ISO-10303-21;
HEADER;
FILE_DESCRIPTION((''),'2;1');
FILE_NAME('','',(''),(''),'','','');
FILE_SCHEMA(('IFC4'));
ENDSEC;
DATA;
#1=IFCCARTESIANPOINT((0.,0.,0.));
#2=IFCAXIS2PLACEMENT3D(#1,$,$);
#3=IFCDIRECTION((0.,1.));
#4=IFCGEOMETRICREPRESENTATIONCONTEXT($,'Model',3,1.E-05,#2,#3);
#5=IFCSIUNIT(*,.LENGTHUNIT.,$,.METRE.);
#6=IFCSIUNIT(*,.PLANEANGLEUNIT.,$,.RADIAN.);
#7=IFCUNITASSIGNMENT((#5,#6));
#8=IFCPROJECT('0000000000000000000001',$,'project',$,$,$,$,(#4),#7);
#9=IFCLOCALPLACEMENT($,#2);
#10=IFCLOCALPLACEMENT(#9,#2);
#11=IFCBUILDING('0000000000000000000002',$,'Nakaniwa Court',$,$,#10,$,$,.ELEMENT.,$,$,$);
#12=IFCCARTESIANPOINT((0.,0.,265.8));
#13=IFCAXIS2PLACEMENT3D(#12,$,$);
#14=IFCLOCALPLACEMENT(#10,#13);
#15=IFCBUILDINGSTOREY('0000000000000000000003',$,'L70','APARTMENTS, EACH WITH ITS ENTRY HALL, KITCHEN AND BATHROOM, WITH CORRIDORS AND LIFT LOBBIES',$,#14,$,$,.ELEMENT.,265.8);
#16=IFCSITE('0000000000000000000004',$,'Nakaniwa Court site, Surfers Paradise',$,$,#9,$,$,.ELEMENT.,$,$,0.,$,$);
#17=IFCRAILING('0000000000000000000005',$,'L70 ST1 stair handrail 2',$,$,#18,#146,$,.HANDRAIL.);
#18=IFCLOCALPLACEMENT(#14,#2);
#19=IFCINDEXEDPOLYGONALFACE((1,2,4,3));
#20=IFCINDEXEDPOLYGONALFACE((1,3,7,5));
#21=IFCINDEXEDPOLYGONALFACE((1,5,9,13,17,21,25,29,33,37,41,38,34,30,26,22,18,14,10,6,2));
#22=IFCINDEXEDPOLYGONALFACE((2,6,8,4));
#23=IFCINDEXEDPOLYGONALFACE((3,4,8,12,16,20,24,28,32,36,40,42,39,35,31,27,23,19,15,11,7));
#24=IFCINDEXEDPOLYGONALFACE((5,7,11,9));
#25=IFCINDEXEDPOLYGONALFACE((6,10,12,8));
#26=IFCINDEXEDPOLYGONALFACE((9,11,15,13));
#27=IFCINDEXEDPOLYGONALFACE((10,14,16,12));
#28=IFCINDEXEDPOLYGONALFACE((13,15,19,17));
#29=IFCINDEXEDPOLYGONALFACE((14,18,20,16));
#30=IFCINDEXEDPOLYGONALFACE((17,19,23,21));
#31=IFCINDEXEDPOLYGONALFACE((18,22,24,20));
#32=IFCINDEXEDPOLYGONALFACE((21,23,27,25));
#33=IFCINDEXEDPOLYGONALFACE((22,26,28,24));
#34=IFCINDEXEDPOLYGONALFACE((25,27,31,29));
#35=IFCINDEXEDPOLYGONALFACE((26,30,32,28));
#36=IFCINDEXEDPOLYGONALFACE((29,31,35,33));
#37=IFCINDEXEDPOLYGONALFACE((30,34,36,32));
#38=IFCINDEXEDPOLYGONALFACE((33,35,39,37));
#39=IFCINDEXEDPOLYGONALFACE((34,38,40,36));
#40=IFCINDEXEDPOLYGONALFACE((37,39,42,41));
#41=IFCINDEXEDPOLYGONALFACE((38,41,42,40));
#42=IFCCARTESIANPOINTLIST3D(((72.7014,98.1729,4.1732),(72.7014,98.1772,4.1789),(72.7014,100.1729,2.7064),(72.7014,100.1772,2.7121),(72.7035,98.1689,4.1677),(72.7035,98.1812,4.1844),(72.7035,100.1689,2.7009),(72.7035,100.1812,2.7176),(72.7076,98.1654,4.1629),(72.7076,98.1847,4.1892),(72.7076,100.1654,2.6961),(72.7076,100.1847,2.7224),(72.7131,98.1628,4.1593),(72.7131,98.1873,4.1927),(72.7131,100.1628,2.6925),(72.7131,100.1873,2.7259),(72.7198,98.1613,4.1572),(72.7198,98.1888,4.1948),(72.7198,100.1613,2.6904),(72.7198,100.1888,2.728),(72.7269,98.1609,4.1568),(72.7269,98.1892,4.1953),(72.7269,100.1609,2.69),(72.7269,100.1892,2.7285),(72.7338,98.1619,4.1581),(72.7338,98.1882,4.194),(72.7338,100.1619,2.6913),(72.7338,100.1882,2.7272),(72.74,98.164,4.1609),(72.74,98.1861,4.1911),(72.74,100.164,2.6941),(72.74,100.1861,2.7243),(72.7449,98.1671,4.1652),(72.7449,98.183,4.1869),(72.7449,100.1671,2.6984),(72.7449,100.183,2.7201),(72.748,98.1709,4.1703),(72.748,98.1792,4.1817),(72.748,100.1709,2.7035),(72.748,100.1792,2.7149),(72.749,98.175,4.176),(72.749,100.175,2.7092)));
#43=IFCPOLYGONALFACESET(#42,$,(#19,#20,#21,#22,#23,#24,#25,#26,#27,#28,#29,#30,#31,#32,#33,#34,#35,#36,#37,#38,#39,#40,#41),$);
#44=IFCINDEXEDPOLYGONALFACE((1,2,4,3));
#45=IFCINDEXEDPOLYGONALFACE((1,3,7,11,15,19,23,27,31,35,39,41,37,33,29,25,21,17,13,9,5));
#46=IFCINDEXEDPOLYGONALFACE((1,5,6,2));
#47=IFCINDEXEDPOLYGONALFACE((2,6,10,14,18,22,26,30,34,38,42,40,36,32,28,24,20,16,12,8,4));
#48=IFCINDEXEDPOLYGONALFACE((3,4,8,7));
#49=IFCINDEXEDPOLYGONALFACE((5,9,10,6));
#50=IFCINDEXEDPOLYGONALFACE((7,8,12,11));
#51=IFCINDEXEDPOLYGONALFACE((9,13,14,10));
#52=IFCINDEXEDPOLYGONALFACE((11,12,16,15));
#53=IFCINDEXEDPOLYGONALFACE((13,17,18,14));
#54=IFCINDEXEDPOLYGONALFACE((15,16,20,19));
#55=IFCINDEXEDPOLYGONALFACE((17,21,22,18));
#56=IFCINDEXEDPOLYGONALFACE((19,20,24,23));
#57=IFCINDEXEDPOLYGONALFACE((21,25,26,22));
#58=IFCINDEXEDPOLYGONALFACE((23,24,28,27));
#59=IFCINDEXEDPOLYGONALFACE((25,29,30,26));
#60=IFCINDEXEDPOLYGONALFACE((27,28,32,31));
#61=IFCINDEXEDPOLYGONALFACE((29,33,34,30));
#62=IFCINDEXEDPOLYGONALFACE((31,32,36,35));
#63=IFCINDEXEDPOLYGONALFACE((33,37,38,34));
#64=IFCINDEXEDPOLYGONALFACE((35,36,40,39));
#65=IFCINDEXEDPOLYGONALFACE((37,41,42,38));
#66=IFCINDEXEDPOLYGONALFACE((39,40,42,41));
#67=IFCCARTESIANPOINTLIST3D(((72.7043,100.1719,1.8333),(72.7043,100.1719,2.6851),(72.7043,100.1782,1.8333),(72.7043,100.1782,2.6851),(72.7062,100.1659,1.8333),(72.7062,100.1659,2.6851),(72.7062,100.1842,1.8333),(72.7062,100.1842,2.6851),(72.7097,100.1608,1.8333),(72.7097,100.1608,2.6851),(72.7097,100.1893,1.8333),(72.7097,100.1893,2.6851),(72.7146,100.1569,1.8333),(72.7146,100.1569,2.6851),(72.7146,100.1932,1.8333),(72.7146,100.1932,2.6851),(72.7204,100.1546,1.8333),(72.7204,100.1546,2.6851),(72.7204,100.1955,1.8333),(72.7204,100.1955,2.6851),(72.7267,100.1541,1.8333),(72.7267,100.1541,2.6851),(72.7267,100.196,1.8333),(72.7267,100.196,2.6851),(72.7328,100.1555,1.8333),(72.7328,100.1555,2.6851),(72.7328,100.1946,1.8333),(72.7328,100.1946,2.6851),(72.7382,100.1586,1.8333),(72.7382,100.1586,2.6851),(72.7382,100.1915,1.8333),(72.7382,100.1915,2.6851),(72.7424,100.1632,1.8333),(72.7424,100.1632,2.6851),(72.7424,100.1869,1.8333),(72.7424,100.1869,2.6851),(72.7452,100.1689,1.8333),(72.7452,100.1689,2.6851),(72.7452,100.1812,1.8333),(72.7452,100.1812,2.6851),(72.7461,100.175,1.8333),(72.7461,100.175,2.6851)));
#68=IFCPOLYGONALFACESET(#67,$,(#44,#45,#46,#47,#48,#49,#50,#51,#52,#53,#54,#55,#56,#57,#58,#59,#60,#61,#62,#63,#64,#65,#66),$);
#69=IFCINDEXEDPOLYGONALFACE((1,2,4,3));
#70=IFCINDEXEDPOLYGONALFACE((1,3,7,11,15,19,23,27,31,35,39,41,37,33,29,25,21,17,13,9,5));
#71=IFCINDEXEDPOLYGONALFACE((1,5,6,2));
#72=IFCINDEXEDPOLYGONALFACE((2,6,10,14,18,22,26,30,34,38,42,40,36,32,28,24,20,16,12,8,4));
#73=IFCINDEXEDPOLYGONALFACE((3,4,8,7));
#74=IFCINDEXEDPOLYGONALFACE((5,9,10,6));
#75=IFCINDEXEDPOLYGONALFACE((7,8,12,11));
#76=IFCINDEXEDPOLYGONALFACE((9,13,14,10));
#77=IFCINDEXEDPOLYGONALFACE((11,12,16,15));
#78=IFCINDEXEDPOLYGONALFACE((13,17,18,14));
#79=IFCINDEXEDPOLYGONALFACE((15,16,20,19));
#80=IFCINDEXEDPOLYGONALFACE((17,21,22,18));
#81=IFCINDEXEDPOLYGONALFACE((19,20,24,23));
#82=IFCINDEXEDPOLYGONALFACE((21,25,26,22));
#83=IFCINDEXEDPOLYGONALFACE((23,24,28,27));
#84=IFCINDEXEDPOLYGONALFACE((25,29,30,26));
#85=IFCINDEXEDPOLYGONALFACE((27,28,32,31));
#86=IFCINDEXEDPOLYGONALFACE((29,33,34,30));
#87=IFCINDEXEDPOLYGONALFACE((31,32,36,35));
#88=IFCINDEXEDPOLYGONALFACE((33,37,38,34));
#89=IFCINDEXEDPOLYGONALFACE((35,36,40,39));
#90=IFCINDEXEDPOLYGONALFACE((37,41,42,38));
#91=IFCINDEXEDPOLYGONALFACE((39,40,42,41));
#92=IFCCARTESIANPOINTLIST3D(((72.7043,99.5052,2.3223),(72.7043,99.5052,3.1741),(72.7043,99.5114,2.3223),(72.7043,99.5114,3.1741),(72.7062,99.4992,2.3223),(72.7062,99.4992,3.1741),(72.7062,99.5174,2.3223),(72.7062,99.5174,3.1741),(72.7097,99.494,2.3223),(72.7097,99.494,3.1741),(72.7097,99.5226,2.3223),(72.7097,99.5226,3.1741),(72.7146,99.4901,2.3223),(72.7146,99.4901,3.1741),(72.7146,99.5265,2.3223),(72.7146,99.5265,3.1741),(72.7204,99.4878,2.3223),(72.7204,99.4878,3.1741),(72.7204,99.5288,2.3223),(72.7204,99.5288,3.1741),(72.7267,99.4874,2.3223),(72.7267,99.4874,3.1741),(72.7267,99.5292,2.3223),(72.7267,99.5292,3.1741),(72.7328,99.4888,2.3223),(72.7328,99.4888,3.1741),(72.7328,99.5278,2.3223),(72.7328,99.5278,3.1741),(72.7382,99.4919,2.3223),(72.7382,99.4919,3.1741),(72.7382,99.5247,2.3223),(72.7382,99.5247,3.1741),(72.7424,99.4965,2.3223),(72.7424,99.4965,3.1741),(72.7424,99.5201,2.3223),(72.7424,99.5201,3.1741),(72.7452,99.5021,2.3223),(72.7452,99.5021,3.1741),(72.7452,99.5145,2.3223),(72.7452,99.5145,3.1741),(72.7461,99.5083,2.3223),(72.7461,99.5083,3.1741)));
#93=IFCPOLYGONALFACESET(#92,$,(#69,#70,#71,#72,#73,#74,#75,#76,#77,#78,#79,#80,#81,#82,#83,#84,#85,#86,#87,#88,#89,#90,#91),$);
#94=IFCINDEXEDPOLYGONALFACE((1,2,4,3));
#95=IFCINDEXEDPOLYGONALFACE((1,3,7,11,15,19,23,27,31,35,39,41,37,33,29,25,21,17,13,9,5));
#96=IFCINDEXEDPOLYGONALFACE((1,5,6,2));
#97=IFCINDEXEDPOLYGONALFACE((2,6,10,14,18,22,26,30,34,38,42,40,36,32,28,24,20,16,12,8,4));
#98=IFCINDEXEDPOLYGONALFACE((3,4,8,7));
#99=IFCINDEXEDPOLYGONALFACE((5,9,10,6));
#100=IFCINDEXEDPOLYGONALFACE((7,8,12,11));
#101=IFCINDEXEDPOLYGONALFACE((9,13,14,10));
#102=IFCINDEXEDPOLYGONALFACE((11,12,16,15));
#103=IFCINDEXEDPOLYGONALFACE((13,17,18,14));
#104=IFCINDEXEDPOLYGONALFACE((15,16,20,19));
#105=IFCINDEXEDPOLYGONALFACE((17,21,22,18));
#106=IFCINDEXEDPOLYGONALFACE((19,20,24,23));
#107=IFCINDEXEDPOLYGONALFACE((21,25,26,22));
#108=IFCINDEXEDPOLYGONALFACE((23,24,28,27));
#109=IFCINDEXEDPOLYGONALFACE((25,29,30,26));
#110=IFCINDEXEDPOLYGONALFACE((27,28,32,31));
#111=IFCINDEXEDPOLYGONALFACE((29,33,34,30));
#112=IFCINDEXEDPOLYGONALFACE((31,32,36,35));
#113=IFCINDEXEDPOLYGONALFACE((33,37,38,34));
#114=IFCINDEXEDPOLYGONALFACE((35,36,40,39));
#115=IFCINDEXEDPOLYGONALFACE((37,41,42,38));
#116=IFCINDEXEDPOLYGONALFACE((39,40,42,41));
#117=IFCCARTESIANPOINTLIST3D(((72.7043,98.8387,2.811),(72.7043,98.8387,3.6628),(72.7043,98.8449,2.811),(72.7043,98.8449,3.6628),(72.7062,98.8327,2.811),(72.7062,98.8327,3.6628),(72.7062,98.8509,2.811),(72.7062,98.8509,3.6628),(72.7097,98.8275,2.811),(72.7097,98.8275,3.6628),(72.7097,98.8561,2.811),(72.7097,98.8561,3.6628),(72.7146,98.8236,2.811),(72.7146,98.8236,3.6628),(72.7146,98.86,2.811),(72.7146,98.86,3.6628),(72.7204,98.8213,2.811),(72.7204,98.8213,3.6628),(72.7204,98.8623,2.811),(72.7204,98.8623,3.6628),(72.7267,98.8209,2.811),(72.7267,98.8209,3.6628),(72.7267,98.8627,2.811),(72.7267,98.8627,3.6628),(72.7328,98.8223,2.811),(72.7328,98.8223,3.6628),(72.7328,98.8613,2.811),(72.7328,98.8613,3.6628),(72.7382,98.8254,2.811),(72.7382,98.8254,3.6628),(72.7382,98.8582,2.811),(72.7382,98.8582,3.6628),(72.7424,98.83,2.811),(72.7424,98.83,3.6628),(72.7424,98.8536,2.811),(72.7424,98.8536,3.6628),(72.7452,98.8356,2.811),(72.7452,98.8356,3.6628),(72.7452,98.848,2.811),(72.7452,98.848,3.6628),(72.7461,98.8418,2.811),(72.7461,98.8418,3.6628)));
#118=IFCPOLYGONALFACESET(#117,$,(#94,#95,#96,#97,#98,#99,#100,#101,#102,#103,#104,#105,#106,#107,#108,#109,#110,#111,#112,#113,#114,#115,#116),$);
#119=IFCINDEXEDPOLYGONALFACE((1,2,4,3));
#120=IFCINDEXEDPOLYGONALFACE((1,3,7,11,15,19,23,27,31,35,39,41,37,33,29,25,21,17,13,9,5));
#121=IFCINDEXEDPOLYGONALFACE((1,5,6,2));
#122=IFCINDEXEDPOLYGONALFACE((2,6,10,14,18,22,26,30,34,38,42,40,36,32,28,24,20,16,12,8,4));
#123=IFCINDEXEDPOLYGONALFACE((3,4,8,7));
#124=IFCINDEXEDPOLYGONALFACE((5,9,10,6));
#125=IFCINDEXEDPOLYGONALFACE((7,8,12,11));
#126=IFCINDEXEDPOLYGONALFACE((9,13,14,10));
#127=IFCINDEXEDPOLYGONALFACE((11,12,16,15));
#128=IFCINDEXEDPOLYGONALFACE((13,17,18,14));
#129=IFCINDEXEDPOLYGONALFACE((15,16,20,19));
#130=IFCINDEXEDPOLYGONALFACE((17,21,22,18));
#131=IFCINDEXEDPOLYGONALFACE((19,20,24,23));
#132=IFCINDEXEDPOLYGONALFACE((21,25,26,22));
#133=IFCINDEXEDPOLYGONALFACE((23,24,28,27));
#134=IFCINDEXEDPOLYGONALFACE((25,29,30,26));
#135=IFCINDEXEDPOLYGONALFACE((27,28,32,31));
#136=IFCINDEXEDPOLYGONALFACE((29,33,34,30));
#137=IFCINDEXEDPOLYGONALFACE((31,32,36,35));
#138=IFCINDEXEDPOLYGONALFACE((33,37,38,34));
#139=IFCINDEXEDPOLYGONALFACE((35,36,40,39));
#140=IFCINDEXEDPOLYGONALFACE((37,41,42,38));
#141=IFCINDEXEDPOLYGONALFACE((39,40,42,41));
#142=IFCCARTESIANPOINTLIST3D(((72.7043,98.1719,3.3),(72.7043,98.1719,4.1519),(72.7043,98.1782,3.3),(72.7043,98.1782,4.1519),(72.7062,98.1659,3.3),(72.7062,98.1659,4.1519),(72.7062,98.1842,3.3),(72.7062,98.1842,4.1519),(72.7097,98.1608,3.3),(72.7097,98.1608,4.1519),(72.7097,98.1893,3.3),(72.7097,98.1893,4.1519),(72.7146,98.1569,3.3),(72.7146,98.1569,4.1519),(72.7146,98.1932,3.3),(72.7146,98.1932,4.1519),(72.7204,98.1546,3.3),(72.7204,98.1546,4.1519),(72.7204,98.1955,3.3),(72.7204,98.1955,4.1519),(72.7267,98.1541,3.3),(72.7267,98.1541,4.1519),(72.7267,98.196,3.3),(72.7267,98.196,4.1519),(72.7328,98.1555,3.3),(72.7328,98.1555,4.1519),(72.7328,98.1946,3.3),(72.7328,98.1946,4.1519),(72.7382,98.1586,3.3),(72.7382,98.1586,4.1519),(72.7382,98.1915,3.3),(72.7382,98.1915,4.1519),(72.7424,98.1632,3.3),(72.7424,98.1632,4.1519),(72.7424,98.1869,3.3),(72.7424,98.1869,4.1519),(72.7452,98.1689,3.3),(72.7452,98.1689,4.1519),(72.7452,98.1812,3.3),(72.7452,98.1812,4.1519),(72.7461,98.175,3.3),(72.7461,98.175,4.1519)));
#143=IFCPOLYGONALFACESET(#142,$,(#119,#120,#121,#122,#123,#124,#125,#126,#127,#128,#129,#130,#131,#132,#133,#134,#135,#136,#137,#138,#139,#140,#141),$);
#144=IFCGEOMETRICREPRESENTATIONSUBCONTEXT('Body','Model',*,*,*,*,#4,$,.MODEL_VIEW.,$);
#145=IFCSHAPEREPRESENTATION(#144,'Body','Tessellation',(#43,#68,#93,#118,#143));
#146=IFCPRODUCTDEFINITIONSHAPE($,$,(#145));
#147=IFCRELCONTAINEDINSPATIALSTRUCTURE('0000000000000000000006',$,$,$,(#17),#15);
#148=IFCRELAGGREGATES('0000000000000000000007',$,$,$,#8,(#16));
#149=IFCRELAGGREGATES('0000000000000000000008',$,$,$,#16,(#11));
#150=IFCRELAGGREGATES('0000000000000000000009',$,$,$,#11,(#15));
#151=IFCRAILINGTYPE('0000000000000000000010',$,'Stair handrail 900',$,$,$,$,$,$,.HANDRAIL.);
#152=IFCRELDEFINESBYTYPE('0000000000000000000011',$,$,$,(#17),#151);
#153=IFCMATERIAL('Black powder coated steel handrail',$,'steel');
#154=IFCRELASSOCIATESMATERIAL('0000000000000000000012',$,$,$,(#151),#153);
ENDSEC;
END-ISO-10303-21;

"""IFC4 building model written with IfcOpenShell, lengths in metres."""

from ifc_helpers import new_model, si_unit, direction, frame, origin, origin_2d, place, context, subcontext, project, spatial, circle, extrude, material, type_object, element, save


model = new_model("IFC4")

# Units and contexts
model_context = context("Model", 3, precision=1e-05, world=origin(), true_north=direction((0.0, 1.0)))
body_context = subcontext(model_context, "Body", "Model", "MODEL_VIEW")
ifc_project = project(units=[si_unit("LENGTHUNIT", "METRE"), si_unit("PLANEANGLEUNIT", "RADIAN")], contexts=[model_context])

# Site, building, storey
site_placement = place(None, origin())
site = spatial("IfcSite", under=ifc_project, at=site_placement, Name="Nakaniwa Court site, Surfers Paradise", CompositionType="ELEMENT", RefElevation=0.0)
building_placement = place(site_placement, origin())
building = spatial("IfcBuilding", under=site, at=building_placement, Name="Nakaniwa Court", CompositionType="ELEMENT")
storey_placement = place(building_placement, frame((0.0, 0.0, 265.8)))
storey = spatial("IfcBuildingStorey", under=building, at=storey_placement, Name="L70", Description="APARTMENTS, EACH WITH ITS ENTRY HALL, KITCHEN AND BATHROOM, WITH CORRIDORS AND LIFT LOBBIES", CompositionType="ELEMENT", Elevation=265.8)

# Railing
ifc_material_1 = material(Name="Black powder coated steel handrail", Category="steel")
railing_type_1 = type_object("IfcRailingType", Name="Stair handrail 900", PredefinedType="HANDRAIL", material=ifc_material_1)
railing_1_placement = place(storey_placement, frame((72.7251, 100.175, 1.8333)))
element("IfcRailing", 1, at=railing_1_placement, inside=storey, type_object=railing_type_1, Name="L70 ST1 stair handrail 2", PredefinedType="HANDRAIL", context=body_context, shape_type="SweptSolid", body=[
    extrude(circle(Radius=0.0239, at=origin_2d()), frame((0.0, 0.0, 0.876), z_axis=(0.0, -0.80638, 0.591398), x_axis=(1.0, 0.0, 0.0)), (0.0, 0.0, 1.0), 2.4802),
    extrude(circle(Radius=0.021, at=origin_2d()), origin(), (0.0, 0.0, 1.0), 0.8518),
    extrude(circle(Radius=0.021, at=origin_2d()), frame((0.0, -0.6667, 0.489)), (0.0, 0.0, 1.0), 0.8518),
    extrude(circle(Radius=0.021, at=origin_2d()), frame((0.0, -1.3333, 0.9778)), (0.0, 0.0, 1.0), 0.8518),
    extrude(circle(Radius=0.021, at=origin_2d()), frame((0.0, -2.0, 1.4668)), (0.0, 0.0, 1.0), 0.8518),
])

save(model, "model.ifc")
